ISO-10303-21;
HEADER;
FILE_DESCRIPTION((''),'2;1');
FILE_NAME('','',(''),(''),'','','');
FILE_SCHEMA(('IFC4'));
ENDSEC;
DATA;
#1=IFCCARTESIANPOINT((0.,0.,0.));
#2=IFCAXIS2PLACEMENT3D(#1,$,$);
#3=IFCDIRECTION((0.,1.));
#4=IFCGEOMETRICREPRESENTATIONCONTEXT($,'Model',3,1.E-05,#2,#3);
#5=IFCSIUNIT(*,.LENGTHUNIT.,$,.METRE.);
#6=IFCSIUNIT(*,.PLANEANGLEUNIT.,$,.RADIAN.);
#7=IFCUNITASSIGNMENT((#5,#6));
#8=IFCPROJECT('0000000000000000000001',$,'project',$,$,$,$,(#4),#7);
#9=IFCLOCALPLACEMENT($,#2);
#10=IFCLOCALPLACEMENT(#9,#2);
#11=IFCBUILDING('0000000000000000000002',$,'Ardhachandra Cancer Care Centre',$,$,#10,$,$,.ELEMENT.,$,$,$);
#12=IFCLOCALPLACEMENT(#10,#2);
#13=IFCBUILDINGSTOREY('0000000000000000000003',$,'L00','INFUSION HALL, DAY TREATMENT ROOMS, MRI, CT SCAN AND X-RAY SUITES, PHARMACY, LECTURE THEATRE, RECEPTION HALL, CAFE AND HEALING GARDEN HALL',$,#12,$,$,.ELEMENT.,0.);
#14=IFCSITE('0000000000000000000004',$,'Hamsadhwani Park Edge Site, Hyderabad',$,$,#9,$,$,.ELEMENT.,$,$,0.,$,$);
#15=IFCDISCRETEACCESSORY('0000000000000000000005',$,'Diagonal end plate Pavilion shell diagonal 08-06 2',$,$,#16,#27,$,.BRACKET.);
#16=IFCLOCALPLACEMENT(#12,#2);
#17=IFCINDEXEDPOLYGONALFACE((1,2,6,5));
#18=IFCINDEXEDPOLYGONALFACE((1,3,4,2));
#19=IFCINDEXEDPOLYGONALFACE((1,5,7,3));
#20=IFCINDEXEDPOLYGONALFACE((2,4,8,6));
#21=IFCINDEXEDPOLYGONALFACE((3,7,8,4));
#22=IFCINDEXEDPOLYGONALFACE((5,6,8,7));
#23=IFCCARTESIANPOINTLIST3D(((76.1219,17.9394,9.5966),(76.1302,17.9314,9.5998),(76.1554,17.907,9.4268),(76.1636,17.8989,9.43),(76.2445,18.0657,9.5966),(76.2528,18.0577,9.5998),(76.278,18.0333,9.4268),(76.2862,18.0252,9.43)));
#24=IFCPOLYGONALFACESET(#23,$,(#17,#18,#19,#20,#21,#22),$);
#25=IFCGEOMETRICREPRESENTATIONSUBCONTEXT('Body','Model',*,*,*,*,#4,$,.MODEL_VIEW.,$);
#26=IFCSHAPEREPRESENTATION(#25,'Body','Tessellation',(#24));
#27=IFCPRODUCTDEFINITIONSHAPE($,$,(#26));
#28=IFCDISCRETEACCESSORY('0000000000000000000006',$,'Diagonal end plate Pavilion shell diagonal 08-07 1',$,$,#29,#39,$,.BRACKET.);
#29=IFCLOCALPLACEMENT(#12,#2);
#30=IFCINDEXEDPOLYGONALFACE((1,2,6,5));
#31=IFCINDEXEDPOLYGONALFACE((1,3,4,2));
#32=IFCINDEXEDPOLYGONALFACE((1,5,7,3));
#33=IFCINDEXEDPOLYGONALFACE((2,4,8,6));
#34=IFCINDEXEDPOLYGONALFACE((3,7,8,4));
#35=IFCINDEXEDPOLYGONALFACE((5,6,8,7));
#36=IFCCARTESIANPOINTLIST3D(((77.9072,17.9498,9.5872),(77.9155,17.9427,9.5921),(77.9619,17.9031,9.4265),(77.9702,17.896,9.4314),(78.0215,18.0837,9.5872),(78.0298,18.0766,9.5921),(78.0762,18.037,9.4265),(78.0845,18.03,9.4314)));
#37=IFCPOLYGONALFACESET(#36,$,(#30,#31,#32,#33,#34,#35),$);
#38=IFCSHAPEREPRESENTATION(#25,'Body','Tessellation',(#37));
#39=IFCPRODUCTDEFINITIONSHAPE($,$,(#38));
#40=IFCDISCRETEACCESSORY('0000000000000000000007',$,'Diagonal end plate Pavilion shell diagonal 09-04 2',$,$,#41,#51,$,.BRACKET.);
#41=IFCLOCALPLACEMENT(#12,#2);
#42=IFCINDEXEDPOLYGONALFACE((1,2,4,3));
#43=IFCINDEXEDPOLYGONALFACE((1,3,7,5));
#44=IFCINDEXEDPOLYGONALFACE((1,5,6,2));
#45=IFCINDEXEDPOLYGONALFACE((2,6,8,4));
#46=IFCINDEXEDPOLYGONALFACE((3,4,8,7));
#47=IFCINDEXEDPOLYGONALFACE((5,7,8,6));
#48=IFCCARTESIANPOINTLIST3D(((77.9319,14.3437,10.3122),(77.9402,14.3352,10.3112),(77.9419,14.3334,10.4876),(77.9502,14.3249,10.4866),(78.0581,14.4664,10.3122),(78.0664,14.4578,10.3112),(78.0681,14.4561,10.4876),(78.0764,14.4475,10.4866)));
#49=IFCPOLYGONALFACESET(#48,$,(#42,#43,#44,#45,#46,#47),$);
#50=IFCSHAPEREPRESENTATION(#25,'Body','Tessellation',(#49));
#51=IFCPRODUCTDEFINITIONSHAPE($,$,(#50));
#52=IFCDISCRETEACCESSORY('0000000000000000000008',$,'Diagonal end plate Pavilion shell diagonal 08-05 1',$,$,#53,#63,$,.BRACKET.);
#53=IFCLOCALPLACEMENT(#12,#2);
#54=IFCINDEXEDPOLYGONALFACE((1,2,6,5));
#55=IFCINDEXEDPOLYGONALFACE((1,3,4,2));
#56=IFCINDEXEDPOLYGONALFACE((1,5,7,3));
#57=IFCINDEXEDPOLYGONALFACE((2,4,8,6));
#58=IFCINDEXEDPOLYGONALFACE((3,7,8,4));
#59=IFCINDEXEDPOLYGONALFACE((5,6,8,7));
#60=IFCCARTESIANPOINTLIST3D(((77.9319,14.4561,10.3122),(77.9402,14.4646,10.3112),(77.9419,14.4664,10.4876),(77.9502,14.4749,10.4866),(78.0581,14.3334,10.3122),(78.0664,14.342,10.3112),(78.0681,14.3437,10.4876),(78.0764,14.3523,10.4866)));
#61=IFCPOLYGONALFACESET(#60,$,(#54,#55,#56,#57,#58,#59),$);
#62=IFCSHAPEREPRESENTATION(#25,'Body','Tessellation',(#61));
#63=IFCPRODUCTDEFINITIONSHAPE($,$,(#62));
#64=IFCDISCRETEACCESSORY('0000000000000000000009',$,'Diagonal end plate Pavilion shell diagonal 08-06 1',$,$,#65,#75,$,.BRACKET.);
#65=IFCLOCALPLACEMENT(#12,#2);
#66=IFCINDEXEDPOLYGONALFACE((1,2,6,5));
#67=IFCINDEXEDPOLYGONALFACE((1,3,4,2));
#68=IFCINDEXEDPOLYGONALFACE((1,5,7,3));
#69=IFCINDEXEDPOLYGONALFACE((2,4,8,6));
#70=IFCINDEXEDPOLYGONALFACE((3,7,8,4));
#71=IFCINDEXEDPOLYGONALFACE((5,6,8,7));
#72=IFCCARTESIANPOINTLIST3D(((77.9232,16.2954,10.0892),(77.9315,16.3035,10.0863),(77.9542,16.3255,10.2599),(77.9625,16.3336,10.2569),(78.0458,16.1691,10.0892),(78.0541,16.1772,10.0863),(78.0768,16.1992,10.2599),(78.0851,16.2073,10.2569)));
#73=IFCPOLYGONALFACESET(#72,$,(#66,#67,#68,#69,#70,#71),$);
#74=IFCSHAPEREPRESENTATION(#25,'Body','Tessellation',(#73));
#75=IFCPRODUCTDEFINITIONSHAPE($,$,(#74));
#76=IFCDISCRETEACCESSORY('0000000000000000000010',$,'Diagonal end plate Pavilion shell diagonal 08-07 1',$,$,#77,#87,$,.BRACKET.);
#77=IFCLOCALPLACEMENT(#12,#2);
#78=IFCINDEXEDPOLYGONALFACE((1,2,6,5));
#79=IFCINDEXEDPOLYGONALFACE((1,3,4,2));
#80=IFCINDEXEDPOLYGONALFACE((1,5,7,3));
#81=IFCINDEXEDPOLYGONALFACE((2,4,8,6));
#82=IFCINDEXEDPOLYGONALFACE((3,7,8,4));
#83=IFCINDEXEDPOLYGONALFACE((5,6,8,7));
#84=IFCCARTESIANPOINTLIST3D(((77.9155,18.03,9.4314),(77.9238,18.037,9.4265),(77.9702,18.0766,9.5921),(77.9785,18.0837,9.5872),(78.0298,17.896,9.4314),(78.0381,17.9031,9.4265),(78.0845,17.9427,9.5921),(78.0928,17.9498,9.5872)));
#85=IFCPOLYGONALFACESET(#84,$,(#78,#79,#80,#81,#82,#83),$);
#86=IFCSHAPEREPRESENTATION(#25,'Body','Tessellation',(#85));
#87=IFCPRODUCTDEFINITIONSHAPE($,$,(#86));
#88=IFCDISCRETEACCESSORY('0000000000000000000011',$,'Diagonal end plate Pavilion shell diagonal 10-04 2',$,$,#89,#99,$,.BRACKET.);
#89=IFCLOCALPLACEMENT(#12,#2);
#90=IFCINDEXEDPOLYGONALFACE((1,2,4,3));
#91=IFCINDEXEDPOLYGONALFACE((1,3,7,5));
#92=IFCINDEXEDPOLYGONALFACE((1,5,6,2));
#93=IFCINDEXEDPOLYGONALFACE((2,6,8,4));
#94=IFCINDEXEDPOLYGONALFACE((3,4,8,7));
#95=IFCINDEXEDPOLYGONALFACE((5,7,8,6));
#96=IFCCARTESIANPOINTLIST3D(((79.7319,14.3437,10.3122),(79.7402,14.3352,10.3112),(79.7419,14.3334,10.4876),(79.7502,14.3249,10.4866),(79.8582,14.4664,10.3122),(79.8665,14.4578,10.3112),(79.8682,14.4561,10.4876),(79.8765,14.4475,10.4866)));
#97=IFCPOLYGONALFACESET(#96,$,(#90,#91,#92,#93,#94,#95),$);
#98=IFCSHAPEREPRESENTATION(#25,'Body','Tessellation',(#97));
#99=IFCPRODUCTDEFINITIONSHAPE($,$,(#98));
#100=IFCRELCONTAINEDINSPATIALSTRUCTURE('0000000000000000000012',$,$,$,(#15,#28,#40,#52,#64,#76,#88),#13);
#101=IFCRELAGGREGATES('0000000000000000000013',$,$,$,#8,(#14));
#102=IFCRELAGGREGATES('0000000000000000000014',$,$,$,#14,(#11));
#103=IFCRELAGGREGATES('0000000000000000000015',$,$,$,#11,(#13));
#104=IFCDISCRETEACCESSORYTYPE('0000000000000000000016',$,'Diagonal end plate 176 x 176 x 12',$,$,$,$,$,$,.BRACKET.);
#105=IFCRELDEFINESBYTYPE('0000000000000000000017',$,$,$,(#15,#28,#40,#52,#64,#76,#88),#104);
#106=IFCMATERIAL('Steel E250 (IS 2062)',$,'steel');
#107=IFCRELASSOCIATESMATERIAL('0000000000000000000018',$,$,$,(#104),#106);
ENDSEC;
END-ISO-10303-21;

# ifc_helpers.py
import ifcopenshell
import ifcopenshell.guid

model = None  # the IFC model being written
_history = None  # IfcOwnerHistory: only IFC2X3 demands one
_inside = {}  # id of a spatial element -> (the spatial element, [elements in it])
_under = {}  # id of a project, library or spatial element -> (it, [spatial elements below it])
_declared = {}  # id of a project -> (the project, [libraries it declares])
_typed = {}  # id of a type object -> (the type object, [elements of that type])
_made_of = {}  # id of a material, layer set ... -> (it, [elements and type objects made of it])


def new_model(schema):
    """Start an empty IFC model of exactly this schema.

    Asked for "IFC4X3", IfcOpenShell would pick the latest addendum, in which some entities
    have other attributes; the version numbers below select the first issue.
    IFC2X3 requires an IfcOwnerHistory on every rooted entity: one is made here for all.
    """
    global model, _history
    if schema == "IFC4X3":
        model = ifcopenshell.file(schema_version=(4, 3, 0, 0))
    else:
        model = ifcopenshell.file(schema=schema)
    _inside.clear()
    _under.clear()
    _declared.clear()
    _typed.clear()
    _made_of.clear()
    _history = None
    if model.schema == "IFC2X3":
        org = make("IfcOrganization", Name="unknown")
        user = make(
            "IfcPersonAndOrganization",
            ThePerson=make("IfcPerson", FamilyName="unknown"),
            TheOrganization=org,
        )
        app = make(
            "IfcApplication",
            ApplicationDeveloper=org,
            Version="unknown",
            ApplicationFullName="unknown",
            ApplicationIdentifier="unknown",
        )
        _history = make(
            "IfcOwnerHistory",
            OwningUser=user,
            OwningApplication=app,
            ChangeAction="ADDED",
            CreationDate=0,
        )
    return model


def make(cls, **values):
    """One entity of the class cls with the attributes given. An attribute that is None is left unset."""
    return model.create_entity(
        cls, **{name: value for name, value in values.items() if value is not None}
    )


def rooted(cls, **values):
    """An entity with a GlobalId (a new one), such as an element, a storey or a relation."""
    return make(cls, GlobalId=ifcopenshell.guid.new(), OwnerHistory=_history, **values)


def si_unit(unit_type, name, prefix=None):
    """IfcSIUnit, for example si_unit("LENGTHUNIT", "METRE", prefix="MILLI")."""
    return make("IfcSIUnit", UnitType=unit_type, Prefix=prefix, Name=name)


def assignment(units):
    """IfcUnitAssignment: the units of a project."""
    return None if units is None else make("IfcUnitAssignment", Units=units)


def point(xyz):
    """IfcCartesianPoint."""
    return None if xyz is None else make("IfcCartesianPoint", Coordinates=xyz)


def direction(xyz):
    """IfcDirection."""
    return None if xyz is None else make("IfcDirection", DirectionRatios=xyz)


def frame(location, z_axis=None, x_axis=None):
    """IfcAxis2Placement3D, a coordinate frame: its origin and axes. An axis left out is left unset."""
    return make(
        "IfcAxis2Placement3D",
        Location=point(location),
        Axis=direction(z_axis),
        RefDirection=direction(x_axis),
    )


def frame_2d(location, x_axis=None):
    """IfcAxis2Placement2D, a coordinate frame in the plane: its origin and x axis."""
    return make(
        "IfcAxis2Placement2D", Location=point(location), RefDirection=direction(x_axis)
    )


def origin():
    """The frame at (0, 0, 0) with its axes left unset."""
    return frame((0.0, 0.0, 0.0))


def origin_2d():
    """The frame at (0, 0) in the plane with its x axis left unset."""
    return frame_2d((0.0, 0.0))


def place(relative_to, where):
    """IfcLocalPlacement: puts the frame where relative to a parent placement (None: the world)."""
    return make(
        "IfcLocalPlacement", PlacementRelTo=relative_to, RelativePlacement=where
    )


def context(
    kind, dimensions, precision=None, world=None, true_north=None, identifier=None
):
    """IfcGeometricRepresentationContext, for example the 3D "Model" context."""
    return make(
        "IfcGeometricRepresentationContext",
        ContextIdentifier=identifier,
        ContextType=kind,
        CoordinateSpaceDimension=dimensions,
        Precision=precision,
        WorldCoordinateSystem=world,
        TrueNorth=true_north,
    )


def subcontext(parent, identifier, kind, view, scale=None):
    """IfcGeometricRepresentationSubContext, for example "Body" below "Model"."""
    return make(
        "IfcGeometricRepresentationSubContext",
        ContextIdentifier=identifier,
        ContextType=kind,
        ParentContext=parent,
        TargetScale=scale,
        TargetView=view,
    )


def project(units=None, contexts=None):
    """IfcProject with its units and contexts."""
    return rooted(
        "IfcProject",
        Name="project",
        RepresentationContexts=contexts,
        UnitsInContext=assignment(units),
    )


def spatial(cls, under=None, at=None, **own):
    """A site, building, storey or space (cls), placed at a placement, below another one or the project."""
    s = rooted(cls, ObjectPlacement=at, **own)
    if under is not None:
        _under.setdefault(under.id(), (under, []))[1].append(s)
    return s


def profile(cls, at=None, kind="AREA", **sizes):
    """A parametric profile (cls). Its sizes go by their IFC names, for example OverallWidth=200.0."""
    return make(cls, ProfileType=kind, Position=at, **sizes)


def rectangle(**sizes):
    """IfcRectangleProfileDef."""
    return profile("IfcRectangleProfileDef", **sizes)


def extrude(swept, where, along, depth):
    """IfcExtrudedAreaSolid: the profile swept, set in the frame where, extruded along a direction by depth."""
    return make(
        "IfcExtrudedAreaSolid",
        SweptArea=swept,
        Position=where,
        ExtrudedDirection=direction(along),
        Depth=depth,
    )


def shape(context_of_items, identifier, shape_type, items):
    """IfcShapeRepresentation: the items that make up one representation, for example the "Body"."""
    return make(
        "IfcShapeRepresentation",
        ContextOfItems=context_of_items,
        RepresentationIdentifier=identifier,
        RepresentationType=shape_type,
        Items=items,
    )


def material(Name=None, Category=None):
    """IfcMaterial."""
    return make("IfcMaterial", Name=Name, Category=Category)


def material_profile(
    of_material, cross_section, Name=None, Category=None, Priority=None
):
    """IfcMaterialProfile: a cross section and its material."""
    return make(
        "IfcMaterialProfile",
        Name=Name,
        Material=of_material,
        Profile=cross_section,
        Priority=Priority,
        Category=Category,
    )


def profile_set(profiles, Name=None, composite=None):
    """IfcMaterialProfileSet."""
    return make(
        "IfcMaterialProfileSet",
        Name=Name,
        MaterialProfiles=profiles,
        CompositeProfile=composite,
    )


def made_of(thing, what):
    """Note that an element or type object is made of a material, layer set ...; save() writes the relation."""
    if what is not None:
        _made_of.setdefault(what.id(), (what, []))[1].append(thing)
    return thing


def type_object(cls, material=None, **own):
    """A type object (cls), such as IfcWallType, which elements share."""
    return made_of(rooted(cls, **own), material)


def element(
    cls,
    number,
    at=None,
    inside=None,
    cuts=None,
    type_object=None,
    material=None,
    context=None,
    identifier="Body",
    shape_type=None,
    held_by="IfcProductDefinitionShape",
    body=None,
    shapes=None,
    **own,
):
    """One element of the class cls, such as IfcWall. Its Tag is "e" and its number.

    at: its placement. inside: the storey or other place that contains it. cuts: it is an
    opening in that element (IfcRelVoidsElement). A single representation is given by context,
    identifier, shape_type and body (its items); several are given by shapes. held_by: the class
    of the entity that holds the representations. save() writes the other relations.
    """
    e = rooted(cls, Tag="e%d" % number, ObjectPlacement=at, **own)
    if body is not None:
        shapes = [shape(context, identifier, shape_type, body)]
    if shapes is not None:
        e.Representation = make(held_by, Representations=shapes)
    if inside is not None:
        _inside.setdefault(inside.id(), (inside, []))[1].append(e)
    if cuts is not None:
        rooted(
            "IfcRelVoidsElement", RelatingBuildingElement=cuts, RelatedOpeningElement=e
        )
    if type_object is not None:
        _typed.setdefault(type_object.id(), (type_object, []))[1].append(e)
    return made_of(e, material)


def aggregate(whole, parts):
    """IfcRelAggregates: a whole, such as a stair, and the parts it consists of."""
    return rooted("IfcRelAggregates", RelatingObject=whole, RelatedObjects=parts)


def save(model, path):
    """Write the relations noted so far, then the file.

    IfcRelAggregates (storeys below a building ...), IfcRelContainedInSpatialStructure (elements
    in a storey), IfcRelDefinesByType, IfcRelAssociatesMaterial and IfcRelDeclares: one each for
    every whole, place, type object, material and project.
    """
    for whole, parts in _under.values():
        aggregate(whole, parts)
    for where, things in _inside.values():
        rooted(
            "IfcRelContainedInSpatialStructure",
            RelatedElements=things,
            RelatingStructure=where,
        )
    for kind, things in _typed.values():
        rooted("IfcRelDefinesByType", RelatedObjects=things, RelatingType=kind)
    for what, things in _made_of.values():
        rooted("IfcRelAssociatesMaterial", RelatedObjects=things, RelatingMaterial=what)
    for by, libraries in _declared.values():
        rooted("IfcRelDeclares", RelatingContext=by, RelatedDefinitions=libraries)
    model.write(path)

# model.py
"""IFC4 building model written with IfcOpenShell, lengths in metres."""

from ifc_helpers import new_model, si_unit, direction, frame, origin, origin_2d, place, context, subcontext, project, spatial, rectangle, extrude, material, material_profile, profile_set, type_object, element, save


model = new_model("IFC4")

# Units and contexts
model_context = context("Model", 3, precision=1e-05, world=origin(), true_north=direction((0.0, 1.0)))
body_context = subcontext(model_context, "Body", "Model", "MODEL_VIEW")
ifc_project = project(units=[si_unit("LENGTHUNIT", "METRE"), si_unit("PLANEANGLEUNIT", "RADIAN")], contexts=[model_context])

# Site, building, storey
site_placement = place(None, origin())
site = spatial("IfcSite", under=ifc_project, at=site_placement, Name="Hamsadhwani Park Edge Site, Hyderabad", CompositionType="ELEMENT", RefElevation=0.0)
building_placement = place(site_placement, origin())
building = spatial("IfcBuilding", under=site, at=building_placement, Name="Ardhachandra Cancer Care Centre", CompositionType="ELEMENT")
storey_placement = place(building_placement, origin())
storey = spatial("IfcBuildingStorey", under=building, at=storey_placement, Name="L00", Description="INFUSION HALL, DAY TREATMENT ROOMS, MRI, CT SCAN AND X-RAY SUITES, PHARMACY, LECTURE THEATRE, RECEPTION HALL, CAFE AND HEALING GARDEN HALL", CompositionType="ELEMENT", Elevation=0.0)

# Discrete accessories
ifc_material_1 = material(Name="Steel E250 (IS 2062)", Category="steel")
ifc_material_profile_1 = material_profile(ifc_material_1, rectangle(XDim=0.176, YDim=0.176, at=origin_2d()), Name="PL 176x176x12")
ifc_profile_set_1 = profile_set([ifc_material_profile_1], Name="Steel E250 (IS 2062)")
discrete_accessory_type = type_object("IfcDiscreteAccessoryType", Name="Diagonal end plate 176 x 176 x 12", PredefinedType="BRACKET", material=ifc_profile_set_1)
for number, where, z_axis, x_axis, name in (
    (1, (76.2, 17.9863, 9.5117), (0.692007, -0.671654, 0.264591), (0.696475, 0.717581, 0.0), "Diagonal end plate Pavilion shell diagonal 08-06 2"),
    (2, (78.0, 17.9863, 9.5117), (-0.694456, 0.59233, -0.408504), (-0.648947, -0.760834, 0.0), "Diagonal end plate Pavilion shell diagonal 08-07 1"),
    (3, (78.0, 14.3999, 10.3999), (0.694456, -0.714881, -0.081701), (0.717279, 0.696786, 0.0), "Diagonal end plate Pavilion shell diagonal 09-04 2"),
    (4, (78.0, 14.3999, 10.3999), (0.694456, 0.714881, -0.081701), (-0.717279, 0.696786, 0.0), "Diagonal end plate Pavilion shell diagonal 08-05 1"),
    (5, (78.0, 16.2473, 10.1746), (0.695618, 0.675159, -0.245512), (-0.696475, 0.717581, 0.0), "Diagonal end plate Pavilion shell diagonal 08-06 1"),
    (6, (78.0, 17.9863, 9.5117), (0.694456, 0.59233, -0.408504), (-0.648947, 0.760834, 0.0), "Diagonal end plate Pavilion shell diagonal 08-07 1"),
    (7, (79.8, 14.3999, 10.3999), (0.694456, -0.714881, -0.081701), (0.717279, 0.696786, 0.0), "Diagonal end plate Pavilion shell diagonal 10-04 2"),
):
    element("IfcDiscreteAccessory", number, at=place(storey_placement, frame(where, z_axis=z_axis, x_axis=x_axis)), inside=storey, type_object=discrete_accessory_type, Name=name, PredefinedType="BRACKET", context=body_context, shape_type="SweptSolid", body=[
        extrude(rectangle(XDim=0.176, YDim=0.176, at=origin_2d()), origin(), (0.0, 0.0, 1.0), 0.012),
    ])

save(model, "model.ifc")
